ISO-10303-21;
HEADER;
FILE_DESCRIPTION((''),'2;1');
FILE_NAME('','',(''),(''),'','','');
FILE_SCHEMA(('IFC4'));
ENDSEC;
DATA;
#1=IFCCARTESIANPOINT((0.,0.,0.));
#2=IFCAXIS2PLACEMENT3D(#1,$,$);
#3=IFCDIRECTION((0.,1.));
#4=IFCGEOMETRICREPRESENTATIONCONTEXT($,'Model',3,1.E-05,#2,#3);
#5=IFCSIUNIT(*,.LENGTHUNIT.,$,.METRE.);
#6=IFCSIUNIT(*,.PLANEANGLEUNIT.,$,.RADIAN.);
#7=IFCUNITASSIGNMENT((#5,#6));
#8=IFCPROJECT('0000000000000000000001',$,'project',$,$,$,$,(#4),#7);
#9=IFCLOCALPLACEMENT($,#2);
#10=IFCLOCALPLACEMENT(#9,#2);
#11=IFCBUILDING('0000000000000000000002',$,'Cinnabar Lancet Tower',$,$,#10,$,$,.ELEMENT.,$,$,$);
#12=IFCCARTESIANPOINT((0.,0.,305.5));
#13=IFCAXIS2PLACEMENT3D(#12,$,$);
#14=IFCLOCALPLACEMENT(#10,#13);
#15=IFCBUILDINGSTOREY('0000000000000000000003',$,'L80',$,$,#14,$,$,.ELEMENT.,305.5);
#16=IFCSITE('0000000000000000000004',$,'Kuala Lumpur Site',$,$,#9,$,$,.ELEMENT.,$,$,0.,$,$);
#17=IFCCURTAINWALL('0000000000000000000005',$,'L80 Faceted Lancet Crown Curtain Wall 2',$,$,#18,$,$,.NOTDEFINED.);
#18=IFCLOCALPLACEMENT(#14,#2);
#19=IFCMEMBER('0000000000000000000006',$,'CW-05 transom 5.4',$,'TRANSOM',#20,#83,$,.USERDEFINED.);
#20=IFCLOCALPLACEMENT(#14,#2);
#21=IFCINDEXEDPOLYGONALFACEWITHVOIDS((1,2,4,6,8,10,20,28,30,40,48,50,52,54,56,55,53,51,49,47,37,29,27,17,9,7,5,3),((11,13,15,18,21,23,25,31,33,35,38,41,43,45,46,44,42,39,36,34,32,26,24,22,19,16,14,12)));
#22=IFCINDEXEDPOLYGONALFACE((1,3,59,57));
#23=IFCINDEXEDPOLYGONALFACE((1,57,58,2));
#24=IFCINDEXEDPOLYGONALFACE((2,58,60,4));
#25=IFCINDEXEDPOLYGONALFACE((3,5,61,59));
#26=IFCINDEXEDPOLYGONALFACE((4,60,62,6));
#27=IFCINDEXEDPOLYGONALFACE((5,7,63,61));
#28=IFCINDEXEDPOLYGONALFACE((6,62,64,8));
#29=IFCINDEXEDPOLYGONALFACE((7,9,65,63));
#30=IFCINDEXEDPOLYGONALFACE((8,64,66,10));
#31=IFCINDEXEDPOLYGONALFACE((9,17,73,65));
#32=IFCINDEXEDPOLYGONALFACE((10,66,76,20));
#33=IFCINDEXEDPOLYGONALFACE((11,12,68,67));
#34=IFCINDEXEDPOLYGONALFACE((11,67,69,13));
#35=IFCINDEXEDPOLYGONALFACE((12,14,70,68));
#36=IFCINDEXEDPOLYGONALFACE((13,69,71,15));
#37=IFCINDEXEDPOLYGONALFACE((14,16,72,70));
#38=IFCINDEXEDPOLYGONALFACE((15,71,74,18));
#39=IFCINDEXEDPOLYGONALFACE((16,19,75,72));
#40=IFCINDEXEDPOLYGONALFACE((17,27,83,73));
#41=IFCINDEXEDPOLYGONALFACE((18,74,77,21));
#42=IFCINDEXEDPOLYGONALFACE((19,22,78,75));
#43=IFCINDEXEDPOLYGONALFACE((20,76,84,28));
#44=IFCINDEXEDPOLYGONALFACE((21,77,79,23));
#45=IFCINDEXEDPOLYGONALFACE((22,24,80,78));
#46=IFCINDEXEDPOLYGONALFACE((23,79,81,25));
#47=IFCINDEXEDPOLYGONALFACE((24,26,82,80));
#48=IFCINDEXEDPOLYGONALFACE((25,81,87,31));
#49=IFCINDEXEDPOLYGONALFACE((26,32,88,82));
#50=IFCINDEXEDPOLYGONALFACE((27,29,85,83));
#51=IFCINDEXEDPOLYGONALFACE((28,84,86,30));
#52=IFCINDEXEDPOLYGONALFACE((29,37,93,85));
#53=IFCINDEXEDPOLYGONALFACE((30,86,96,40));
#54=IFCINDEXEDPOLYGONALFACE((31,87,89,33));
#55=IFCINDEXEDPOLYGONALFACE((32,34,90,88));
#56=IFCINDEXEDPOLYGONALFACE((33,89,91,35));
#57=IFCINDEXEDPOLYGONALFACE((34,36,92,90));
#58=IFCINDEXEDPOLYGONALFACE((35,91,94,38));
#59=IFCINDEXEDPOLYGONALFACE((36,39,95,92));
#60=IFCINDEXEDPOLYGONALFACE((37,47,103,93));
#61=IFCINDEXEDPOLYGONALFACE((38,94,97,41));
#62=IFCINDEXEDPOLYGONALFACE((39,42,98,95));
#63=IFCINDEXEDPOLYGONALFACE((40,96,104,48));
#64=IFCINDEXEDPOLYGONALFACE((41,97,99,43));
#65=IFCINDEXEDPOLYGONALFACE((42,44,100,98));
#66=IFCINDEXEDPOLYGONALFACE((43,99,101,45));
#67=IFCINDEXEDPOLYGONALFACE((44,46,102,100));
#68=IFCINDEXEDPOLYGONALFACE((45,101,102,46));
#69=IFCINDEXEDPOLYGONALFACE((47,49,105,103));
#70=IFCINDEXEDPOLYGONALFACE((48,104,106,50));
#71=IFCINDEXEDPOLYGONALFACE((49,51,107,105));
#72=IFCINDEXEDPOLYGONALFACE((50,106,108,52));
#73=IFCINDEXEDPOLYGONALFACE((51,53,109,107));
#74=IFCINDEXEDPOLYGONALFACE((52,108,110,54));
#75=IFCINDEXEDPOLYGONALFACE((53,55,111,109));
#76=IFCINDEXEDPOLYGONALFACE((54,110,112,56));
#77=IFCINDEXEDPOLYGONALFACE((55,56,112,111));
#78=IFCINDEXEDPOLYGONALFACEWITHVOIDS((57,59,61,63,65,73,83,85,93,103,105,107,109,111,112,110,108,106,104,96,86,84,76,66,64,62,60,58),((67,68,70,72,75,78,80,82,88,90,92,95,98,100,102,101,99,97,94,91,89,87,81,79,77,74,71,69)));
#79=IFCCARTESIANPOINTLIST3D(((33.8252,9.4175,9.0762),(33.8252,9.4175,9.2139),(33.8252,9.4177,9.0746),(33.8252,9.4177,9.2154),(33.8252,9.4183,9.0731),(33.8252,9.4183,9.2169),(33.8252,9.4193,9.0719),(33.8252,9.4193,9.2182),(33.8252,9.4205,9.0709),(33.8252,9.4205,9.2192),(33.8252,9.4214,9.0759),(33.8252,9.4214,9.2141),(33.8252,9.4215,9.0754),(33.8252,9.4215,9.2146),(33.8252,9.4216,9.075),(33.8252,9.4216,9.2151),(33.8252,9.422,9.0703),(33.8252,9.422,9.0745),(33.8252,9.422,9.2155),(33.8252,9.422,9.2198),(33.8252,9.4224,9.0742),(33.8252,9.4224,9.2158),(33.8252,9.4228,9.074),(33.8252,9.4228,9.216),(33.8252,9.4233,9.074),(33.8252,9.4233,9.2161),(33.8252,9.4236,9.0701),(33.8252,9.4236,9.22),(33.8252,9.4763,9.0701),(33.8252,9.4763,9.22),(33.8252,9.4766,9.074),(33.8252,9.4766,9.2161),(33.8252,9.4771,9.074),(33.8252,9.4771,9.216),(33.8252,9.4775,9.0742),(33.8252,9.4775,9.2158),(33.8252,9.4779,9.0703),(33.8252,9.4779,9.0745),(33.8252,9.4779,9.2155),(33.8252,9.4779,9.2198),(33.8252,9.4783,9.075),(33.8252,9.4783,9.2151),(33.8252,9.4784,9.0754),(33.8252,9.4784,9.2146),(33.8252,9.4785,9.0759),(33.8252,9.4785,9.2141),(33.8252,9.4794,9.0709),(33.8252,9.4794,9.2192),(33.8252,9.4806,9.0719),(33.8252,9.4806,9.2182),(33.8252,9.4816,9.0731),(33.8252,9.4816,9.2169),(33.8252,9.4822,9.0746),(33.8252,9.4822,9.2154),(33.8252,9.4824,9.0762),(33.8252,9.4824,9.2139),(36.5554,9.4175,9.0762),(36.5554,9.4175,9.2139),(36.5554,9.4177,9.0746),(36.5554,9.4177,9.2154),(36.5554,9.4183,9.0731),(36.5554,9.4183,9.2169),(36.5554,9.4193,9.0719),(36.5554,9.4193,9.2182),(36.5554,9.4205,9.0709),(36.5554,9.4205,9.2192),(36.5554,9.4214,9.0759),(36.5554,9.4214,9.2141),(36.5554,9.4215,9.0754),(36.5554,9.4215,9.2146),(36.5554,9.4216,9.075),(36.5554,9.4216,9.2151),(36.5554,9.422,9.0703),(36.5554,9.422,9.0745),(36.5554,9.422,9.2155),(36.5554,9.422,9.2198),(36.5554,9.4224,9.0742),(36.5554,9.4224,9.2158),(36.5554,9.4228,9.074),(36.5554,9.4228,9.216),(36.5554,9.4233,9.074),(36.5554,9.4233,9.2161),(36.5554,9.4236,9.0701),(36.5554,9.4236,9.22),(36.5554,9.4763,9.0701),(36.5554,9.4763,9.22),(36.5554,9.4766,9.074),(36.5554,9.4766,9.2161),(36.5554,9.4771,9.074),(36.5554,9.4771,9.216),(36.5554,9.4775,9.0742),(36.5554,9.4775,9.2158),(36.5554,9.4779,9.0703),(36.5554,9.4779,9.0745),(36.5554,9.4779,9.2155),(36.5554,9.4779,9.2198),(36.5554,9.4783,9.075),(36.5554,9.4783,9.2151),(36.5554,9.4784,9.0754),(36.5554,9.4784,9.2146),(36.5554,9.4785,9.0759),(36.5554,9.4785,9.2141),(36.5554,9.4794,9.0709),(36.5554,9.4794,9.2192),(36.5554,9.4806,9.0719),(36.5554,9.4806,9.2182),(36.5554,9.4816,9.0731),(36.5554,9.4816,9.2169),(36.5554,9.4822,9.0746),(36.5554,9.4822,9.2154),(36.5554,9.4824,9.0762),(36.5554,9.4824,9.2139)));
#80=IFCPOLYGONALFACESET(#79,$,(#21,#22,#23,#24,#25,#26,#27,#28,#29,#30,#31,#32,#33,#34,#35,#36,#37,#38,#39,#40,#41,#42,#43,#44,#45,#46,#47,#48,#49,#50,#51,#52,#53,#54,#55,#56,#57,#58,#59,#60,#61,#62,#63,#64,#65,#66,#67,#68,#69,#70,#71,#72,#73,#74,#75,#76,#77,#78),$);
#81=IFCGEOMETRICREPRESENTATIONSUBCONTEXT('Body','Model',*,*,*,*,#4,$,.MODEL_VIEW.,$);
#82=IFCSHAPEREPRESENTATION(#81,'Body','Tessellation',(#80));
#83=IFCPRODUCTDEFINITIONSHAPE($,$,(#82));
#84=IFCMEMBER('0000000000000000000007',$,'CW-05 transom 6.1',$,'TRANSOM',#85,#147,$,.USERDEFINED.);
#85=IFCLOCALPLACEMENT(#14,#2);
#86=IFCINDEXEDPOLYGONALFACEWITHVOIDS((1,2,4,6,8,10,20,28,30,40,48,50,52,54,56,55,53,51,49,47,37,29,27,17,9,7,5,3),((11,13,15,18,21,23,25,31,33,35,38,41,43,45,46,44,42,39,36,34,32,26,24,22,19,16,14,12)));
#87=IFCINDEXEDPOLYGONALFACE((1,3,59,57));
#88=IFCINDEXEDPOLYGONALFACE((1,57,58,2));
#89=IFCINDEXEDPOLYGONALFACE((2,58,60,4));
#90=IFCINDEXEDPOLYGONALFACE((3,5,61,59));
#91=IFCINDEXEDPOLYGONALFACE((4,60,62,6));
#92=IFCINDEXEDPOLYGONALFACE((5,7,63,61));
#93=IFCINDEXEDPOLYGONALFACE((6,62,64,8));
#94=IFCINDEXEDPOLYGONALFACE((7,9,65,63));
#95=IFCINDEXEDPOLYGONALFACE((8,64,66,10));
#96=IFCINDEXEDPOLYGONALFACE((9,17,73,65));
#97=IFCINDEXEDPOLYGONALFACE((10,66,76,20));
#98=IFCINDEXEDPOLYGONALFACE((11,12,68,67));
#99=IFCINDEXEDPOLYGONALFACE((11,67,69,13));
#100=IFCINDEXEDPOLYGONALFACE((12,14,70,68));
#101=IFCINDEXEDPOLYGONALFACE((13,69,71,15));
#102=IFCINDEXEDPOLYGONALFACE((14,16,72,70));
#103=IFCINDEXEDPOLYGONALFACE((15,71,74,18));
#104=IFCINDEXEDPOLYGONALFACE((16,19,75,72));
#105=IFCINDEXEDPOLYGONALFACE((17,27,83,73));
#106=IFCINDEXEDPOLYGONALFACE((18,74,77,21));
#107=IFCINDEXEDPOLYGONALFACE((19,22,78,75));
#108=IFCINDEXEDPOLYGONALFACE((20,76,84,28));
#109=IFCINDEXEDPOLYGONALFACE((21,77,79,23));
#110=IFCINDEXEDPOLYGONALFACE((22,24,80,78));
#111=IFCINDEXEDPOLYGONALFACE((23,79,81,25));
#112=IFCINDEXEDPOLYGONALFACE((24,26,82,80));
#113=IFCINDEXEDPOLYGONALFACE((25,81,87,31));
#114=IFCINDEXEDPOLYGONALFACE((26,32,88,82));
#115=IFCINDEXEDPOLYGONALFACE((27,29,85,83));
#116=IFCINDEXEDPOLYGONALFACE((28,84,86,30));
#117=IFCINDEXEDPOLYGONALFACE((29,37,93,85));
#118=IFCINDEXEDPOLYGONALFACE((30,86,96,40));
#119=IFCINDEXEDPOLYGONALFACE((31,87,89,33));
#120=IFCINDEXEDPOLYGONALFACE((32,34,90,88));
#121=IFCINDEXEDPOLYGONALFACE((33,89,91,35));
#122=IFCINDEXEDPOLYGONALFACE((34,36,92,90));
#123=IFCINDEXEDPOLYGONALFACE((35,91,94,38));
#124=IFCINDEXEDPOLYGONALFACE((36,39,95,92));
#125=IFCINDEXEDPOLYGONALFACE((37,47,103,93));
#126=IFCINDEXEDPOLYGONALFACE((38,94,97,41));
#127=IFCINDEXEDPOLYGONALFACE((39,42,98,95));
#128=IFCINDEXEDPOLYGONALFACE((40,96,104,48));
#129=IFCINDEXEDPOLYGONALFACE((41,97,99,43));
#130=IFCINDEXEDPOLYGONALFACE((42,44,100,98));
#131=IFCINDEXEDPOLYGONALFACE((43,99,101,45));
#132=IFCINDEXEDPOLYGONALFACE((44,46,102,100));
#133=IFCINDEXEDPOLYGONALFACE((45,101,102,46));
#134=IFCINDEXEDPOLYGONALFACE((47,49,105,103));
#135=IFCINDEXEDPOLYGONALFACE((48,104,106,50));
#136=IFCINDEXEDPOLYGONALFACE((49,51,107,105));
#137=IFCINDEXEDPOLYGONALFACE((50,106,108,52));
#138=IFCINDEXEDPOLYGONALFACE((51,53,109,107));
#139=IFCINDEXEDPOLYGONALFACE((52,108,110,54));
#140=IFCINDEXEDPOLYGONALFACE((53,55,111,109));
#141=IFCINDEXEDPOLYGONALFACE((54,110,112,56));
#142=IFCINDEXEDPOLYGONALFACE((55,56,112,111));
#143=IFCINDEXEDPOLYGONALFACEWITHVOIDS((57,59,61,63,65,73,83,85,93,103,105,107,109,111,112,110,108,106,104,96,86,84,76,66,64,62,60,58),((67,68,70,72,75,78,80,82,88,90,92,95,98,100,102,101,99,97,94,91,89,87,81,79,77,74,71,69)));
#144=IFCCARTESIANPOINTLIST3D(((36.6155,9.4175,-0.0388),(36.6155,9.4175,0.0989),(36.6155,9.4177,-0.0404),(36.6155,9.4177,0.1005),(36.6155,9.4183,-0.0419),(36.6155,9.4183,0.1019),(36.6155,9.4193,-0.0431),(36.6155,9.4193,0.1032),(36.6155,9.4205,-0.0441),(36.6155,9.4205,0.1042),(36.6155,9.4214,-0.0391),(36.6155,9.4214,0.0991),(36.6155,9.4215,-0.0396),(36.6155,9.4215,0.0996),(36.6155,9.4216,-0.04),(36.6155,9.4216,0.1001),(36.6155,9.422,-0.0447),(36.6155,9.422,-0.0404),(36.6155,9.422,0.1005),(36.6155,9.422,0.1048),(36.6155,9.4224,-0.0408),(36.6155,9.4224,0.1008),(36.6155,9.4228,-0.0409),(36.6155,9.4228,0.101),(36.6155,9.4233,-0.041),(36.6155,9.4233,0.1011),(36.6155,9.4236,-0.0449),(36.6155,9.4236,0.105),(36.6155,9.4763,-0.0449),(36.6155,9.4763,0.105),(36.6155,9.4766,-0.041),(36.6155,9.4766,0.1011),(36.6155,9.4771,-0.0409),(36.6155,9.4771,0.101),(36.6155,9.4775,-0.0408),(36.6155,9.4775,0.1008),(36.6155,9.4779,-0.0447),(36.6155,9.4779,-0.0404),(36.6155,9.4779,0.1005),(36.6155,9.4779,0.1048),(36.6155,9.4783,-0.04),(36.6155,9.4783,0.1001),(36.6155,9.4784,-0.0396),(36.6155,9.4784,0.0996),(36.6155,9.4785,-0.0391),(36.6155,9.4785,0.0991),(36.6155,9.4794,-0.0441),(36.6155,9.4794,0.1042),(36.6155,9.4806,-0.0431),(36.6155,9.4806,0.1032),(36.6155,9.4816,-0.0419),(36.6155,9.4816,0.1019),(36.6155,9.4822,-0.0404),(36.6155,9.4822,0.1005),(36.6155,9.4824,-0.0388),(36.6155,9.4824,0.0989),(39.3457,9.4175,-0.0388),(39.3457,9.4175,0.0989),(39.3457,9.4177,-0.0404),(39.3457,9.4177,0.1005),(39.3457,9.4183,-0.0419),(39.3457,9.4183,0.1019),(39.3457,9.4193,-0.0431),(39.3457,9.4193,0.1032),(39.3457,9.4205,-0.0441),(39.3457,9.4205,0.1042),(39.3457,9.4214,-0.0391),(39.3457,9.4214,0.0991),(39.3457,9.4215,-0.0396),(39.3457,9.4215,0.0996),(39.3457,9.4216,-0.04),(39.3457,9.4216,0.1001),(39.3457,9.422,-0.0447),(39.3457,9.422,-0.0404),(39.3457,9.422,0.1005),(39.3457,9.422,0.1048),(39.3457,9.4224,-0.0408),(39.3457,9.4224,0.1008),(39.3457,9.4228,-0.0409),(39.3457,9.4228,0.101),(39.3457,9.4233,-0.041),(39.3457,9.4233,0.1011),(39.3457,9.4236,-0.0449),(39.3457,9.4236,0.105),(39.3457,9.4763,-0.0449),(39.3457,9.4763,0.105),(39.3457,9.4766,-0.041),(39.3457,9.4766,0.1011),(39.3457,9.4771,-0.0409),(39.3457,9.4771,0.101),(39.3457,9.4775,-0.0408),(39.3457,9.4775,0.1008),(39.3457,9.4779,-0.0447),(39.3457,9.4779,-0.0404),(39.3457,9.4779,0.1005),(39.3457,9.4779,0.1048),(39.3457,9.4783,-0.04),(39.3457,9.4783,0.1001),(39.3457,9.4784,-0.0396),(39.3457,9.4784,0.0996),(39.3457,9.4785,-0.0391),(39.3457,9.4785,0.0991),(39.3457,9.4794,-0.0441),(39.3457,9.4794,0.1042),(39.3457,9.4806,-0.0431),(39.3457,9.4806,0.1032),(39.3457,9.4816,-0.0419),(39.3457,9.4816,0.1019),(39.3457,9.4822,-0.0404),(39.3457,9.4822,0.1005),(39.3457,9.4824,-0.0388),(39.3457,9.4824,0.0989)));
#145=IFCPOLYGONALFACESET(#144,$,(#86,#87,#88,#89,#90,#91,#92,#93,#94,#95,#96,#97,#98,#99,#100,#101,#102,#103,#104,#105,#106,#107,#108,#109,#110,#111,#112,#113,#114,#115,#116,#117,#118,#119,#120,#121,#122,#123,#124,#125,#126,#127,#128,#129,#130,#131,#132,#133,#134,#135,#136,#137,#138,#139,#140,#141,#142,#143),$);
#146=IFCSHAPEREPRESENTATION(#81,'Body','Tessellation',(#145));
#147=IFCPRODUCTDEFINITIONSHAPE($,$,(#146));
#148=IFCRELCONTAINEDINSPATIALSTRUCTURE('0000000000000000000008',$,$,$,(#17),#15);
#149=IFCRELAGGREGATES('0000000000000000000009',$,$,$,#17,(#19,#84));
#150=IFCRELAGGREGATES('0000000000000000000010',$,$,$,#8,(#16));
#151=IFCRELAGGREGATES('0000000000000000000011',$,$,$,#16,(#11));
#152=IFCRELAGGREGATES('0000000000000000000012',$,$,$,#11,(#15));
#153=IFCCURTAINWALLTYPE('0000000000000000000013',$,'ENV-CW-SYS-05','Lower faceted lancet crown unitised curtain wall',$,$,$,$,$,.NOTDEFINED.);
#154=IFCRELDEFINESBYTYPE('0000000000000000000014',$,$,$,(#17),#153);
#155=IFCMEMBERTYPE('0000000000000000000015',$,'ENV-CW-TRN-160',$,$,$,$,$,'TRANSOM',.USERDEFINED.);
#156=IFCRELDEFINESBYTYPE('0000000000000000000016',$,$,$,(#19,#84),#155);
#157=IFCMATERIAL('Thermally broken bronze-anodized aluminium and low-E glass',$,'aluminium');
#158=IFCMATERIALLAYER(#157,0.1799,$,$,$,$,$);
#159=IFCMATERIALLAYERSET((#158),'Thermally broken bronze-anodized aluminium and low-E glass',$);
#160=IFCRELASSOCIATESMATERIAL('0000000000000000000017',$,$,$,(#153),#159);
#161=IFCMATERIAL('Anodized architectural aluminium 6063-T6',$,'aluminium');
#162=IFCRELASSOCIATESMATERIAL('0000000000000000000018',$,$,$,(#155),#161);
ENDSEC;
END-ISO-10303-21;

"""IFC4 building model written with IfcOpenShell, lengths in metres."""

from ifc_helpers import new_model, si_unit, direction, frame, origin, origin_2d, place, context, subcontext, project, spatial, hollow_rectangle, extrude, material, layer, layer_set, material_profile, profile_set, type_object, element, aggregate, save


model = new_model("IFC4")

# Units and contexts
model_context = context("Model", 3, precision=1e-05, world=origin(), true_north=direction((0.0, 1.0)))
body_context = subcontext(model_context, "Body", "Model", "MODEL_VIEW")
ifc_project = project(units=[si_unit("LENGTHUNIT", "METRE"), si_unit("PLANEANGLEUNIT", "RADIAN")], contexts=[model_context])

# Site, building, storey
site_placement = place(None, origin())
site = spatial("IfcSite", under=ifc_project, at=site_placement, Name="Kuala Lumpur Site", CompositionType="ELEMENT", RefElevation=0.0)
building_placement = place(site_placement, origin())
building = spatial("IfcBuilding", under=site, at=building_placement, Name="Cinnabar Lancet Tower", CompositionType="ELEMENT")
storey_placement = place(building_placement, frame((0.0, 0.0, 305.5)))
storey = spatial("IfcBuildingStorey", under=building, at=storey_placement, Name="L80", CompositionType="ELEMENT", Elevation=305.5)

# Curtain wall
ifc_material_1 = material(Name="Thermally broken bronze-anodized aluminium and low-E glass", Category="aluminium")
ifc_layer_1 = layer(ifc_material_1, 0.1799)
ifc_layer_set_1 = layer_set([ifc_layer_1], Name="Thermally broken bronze-anodized aluminium and low-E glass")
curtain_wall_type = type_object("IfcCurtainWallType", Name="ENV-CW-SYS-05", Description="Lower faceted lancet crown unitised curtain wall", PredefinedType="NOTDEFINED", material=ifc_layer_set_1)
curtain_wall_1_placement = place(storey_placement, origin())
curtain_wall_1 = element("IfcCurtainWall", 1, at=curtain_wall_1_placement, inside=storey, type_object=curtain_wall_type, Name="L80 Faceted Lancet Crown Curtain Wall 2", PredefinedType="NOTDEFINED")

# Members
ifc_material_2 = material(Name="Anodized architectural aluminium 6063-T6", Category="aluminium")
ifc_material_profile_1 = material_profile(ifc_material_2, hollow_rectangle(XDim=0.0649, YDim=0.1499, WallThickness=0.0039, InnerFilletRadius=0.002, OuterFilletRadius=0.0061, at=origin_2d()), Name="CW-TRN 150x65x4")
ifc_profile_set_1 = profile_set([ifc_material_profile_1], Name="Anodized architectural aluminium 6063-T6")
member_type_1 = type_object("IfcMemberType", Name="ENV-CW-TRN-160", ElementType="TRANSOM", PredefinedType="USERDEFINED", material=ifc_profile_set_1)
member_1_placement = place(storey_placement, frame((33.8252, 9.45, 9.145), z_axis=(1.0, 0.0, 0.0), x_axis=(0.0, 1.0, 0.0)))
member_1 = element("IfcMember", 2, at=member_1_placement, type_object=member_type_1, Name="CW-05 transom 5.4", ObjectType="TRANSOM", PredefinedType="USERDEFINED", context=body_context, shape_type="SweptSolid", body=[
    extrude(hollow_rectangle(XDim=0.0649, YDim=0.1499, WallThickness=0.0039, InnerFilletRadius=0.002, OuterFilletRadius=0.0061, at=origin_2d()), origin(), (0.0, 0.0, 1.0), 2.7302),
])
member_2_placement = place(storey_placement, frame((36.6155, 9.45, 0.03), z_axis=(1.0, 0.0, 0.0), x_axis=(0.0, 1.0, 0.0)))
member_2 = element("IfcMember", 3, at=member_2_placement, type_object=member_type_1, Name="CW-05 transom 6.1", ObjectType="TRANSOM", PredefinedType="USERDEFINED", context=body_context, shape_type="SweptSolid", body=[
    extrude(hollow_rectangle(XDim=0.0649, YDim=0.1499, WallThickness=0.0039, InnerFilletRadius=0.002, OuterFilletRadius=0.0061, at=origin_2d()), origin(), (0.0, 0.0, 1.0), 2.7302),
])

aggregate(curtain_wall_1, [member_1, member_2])

save(model, "model.ifc")
